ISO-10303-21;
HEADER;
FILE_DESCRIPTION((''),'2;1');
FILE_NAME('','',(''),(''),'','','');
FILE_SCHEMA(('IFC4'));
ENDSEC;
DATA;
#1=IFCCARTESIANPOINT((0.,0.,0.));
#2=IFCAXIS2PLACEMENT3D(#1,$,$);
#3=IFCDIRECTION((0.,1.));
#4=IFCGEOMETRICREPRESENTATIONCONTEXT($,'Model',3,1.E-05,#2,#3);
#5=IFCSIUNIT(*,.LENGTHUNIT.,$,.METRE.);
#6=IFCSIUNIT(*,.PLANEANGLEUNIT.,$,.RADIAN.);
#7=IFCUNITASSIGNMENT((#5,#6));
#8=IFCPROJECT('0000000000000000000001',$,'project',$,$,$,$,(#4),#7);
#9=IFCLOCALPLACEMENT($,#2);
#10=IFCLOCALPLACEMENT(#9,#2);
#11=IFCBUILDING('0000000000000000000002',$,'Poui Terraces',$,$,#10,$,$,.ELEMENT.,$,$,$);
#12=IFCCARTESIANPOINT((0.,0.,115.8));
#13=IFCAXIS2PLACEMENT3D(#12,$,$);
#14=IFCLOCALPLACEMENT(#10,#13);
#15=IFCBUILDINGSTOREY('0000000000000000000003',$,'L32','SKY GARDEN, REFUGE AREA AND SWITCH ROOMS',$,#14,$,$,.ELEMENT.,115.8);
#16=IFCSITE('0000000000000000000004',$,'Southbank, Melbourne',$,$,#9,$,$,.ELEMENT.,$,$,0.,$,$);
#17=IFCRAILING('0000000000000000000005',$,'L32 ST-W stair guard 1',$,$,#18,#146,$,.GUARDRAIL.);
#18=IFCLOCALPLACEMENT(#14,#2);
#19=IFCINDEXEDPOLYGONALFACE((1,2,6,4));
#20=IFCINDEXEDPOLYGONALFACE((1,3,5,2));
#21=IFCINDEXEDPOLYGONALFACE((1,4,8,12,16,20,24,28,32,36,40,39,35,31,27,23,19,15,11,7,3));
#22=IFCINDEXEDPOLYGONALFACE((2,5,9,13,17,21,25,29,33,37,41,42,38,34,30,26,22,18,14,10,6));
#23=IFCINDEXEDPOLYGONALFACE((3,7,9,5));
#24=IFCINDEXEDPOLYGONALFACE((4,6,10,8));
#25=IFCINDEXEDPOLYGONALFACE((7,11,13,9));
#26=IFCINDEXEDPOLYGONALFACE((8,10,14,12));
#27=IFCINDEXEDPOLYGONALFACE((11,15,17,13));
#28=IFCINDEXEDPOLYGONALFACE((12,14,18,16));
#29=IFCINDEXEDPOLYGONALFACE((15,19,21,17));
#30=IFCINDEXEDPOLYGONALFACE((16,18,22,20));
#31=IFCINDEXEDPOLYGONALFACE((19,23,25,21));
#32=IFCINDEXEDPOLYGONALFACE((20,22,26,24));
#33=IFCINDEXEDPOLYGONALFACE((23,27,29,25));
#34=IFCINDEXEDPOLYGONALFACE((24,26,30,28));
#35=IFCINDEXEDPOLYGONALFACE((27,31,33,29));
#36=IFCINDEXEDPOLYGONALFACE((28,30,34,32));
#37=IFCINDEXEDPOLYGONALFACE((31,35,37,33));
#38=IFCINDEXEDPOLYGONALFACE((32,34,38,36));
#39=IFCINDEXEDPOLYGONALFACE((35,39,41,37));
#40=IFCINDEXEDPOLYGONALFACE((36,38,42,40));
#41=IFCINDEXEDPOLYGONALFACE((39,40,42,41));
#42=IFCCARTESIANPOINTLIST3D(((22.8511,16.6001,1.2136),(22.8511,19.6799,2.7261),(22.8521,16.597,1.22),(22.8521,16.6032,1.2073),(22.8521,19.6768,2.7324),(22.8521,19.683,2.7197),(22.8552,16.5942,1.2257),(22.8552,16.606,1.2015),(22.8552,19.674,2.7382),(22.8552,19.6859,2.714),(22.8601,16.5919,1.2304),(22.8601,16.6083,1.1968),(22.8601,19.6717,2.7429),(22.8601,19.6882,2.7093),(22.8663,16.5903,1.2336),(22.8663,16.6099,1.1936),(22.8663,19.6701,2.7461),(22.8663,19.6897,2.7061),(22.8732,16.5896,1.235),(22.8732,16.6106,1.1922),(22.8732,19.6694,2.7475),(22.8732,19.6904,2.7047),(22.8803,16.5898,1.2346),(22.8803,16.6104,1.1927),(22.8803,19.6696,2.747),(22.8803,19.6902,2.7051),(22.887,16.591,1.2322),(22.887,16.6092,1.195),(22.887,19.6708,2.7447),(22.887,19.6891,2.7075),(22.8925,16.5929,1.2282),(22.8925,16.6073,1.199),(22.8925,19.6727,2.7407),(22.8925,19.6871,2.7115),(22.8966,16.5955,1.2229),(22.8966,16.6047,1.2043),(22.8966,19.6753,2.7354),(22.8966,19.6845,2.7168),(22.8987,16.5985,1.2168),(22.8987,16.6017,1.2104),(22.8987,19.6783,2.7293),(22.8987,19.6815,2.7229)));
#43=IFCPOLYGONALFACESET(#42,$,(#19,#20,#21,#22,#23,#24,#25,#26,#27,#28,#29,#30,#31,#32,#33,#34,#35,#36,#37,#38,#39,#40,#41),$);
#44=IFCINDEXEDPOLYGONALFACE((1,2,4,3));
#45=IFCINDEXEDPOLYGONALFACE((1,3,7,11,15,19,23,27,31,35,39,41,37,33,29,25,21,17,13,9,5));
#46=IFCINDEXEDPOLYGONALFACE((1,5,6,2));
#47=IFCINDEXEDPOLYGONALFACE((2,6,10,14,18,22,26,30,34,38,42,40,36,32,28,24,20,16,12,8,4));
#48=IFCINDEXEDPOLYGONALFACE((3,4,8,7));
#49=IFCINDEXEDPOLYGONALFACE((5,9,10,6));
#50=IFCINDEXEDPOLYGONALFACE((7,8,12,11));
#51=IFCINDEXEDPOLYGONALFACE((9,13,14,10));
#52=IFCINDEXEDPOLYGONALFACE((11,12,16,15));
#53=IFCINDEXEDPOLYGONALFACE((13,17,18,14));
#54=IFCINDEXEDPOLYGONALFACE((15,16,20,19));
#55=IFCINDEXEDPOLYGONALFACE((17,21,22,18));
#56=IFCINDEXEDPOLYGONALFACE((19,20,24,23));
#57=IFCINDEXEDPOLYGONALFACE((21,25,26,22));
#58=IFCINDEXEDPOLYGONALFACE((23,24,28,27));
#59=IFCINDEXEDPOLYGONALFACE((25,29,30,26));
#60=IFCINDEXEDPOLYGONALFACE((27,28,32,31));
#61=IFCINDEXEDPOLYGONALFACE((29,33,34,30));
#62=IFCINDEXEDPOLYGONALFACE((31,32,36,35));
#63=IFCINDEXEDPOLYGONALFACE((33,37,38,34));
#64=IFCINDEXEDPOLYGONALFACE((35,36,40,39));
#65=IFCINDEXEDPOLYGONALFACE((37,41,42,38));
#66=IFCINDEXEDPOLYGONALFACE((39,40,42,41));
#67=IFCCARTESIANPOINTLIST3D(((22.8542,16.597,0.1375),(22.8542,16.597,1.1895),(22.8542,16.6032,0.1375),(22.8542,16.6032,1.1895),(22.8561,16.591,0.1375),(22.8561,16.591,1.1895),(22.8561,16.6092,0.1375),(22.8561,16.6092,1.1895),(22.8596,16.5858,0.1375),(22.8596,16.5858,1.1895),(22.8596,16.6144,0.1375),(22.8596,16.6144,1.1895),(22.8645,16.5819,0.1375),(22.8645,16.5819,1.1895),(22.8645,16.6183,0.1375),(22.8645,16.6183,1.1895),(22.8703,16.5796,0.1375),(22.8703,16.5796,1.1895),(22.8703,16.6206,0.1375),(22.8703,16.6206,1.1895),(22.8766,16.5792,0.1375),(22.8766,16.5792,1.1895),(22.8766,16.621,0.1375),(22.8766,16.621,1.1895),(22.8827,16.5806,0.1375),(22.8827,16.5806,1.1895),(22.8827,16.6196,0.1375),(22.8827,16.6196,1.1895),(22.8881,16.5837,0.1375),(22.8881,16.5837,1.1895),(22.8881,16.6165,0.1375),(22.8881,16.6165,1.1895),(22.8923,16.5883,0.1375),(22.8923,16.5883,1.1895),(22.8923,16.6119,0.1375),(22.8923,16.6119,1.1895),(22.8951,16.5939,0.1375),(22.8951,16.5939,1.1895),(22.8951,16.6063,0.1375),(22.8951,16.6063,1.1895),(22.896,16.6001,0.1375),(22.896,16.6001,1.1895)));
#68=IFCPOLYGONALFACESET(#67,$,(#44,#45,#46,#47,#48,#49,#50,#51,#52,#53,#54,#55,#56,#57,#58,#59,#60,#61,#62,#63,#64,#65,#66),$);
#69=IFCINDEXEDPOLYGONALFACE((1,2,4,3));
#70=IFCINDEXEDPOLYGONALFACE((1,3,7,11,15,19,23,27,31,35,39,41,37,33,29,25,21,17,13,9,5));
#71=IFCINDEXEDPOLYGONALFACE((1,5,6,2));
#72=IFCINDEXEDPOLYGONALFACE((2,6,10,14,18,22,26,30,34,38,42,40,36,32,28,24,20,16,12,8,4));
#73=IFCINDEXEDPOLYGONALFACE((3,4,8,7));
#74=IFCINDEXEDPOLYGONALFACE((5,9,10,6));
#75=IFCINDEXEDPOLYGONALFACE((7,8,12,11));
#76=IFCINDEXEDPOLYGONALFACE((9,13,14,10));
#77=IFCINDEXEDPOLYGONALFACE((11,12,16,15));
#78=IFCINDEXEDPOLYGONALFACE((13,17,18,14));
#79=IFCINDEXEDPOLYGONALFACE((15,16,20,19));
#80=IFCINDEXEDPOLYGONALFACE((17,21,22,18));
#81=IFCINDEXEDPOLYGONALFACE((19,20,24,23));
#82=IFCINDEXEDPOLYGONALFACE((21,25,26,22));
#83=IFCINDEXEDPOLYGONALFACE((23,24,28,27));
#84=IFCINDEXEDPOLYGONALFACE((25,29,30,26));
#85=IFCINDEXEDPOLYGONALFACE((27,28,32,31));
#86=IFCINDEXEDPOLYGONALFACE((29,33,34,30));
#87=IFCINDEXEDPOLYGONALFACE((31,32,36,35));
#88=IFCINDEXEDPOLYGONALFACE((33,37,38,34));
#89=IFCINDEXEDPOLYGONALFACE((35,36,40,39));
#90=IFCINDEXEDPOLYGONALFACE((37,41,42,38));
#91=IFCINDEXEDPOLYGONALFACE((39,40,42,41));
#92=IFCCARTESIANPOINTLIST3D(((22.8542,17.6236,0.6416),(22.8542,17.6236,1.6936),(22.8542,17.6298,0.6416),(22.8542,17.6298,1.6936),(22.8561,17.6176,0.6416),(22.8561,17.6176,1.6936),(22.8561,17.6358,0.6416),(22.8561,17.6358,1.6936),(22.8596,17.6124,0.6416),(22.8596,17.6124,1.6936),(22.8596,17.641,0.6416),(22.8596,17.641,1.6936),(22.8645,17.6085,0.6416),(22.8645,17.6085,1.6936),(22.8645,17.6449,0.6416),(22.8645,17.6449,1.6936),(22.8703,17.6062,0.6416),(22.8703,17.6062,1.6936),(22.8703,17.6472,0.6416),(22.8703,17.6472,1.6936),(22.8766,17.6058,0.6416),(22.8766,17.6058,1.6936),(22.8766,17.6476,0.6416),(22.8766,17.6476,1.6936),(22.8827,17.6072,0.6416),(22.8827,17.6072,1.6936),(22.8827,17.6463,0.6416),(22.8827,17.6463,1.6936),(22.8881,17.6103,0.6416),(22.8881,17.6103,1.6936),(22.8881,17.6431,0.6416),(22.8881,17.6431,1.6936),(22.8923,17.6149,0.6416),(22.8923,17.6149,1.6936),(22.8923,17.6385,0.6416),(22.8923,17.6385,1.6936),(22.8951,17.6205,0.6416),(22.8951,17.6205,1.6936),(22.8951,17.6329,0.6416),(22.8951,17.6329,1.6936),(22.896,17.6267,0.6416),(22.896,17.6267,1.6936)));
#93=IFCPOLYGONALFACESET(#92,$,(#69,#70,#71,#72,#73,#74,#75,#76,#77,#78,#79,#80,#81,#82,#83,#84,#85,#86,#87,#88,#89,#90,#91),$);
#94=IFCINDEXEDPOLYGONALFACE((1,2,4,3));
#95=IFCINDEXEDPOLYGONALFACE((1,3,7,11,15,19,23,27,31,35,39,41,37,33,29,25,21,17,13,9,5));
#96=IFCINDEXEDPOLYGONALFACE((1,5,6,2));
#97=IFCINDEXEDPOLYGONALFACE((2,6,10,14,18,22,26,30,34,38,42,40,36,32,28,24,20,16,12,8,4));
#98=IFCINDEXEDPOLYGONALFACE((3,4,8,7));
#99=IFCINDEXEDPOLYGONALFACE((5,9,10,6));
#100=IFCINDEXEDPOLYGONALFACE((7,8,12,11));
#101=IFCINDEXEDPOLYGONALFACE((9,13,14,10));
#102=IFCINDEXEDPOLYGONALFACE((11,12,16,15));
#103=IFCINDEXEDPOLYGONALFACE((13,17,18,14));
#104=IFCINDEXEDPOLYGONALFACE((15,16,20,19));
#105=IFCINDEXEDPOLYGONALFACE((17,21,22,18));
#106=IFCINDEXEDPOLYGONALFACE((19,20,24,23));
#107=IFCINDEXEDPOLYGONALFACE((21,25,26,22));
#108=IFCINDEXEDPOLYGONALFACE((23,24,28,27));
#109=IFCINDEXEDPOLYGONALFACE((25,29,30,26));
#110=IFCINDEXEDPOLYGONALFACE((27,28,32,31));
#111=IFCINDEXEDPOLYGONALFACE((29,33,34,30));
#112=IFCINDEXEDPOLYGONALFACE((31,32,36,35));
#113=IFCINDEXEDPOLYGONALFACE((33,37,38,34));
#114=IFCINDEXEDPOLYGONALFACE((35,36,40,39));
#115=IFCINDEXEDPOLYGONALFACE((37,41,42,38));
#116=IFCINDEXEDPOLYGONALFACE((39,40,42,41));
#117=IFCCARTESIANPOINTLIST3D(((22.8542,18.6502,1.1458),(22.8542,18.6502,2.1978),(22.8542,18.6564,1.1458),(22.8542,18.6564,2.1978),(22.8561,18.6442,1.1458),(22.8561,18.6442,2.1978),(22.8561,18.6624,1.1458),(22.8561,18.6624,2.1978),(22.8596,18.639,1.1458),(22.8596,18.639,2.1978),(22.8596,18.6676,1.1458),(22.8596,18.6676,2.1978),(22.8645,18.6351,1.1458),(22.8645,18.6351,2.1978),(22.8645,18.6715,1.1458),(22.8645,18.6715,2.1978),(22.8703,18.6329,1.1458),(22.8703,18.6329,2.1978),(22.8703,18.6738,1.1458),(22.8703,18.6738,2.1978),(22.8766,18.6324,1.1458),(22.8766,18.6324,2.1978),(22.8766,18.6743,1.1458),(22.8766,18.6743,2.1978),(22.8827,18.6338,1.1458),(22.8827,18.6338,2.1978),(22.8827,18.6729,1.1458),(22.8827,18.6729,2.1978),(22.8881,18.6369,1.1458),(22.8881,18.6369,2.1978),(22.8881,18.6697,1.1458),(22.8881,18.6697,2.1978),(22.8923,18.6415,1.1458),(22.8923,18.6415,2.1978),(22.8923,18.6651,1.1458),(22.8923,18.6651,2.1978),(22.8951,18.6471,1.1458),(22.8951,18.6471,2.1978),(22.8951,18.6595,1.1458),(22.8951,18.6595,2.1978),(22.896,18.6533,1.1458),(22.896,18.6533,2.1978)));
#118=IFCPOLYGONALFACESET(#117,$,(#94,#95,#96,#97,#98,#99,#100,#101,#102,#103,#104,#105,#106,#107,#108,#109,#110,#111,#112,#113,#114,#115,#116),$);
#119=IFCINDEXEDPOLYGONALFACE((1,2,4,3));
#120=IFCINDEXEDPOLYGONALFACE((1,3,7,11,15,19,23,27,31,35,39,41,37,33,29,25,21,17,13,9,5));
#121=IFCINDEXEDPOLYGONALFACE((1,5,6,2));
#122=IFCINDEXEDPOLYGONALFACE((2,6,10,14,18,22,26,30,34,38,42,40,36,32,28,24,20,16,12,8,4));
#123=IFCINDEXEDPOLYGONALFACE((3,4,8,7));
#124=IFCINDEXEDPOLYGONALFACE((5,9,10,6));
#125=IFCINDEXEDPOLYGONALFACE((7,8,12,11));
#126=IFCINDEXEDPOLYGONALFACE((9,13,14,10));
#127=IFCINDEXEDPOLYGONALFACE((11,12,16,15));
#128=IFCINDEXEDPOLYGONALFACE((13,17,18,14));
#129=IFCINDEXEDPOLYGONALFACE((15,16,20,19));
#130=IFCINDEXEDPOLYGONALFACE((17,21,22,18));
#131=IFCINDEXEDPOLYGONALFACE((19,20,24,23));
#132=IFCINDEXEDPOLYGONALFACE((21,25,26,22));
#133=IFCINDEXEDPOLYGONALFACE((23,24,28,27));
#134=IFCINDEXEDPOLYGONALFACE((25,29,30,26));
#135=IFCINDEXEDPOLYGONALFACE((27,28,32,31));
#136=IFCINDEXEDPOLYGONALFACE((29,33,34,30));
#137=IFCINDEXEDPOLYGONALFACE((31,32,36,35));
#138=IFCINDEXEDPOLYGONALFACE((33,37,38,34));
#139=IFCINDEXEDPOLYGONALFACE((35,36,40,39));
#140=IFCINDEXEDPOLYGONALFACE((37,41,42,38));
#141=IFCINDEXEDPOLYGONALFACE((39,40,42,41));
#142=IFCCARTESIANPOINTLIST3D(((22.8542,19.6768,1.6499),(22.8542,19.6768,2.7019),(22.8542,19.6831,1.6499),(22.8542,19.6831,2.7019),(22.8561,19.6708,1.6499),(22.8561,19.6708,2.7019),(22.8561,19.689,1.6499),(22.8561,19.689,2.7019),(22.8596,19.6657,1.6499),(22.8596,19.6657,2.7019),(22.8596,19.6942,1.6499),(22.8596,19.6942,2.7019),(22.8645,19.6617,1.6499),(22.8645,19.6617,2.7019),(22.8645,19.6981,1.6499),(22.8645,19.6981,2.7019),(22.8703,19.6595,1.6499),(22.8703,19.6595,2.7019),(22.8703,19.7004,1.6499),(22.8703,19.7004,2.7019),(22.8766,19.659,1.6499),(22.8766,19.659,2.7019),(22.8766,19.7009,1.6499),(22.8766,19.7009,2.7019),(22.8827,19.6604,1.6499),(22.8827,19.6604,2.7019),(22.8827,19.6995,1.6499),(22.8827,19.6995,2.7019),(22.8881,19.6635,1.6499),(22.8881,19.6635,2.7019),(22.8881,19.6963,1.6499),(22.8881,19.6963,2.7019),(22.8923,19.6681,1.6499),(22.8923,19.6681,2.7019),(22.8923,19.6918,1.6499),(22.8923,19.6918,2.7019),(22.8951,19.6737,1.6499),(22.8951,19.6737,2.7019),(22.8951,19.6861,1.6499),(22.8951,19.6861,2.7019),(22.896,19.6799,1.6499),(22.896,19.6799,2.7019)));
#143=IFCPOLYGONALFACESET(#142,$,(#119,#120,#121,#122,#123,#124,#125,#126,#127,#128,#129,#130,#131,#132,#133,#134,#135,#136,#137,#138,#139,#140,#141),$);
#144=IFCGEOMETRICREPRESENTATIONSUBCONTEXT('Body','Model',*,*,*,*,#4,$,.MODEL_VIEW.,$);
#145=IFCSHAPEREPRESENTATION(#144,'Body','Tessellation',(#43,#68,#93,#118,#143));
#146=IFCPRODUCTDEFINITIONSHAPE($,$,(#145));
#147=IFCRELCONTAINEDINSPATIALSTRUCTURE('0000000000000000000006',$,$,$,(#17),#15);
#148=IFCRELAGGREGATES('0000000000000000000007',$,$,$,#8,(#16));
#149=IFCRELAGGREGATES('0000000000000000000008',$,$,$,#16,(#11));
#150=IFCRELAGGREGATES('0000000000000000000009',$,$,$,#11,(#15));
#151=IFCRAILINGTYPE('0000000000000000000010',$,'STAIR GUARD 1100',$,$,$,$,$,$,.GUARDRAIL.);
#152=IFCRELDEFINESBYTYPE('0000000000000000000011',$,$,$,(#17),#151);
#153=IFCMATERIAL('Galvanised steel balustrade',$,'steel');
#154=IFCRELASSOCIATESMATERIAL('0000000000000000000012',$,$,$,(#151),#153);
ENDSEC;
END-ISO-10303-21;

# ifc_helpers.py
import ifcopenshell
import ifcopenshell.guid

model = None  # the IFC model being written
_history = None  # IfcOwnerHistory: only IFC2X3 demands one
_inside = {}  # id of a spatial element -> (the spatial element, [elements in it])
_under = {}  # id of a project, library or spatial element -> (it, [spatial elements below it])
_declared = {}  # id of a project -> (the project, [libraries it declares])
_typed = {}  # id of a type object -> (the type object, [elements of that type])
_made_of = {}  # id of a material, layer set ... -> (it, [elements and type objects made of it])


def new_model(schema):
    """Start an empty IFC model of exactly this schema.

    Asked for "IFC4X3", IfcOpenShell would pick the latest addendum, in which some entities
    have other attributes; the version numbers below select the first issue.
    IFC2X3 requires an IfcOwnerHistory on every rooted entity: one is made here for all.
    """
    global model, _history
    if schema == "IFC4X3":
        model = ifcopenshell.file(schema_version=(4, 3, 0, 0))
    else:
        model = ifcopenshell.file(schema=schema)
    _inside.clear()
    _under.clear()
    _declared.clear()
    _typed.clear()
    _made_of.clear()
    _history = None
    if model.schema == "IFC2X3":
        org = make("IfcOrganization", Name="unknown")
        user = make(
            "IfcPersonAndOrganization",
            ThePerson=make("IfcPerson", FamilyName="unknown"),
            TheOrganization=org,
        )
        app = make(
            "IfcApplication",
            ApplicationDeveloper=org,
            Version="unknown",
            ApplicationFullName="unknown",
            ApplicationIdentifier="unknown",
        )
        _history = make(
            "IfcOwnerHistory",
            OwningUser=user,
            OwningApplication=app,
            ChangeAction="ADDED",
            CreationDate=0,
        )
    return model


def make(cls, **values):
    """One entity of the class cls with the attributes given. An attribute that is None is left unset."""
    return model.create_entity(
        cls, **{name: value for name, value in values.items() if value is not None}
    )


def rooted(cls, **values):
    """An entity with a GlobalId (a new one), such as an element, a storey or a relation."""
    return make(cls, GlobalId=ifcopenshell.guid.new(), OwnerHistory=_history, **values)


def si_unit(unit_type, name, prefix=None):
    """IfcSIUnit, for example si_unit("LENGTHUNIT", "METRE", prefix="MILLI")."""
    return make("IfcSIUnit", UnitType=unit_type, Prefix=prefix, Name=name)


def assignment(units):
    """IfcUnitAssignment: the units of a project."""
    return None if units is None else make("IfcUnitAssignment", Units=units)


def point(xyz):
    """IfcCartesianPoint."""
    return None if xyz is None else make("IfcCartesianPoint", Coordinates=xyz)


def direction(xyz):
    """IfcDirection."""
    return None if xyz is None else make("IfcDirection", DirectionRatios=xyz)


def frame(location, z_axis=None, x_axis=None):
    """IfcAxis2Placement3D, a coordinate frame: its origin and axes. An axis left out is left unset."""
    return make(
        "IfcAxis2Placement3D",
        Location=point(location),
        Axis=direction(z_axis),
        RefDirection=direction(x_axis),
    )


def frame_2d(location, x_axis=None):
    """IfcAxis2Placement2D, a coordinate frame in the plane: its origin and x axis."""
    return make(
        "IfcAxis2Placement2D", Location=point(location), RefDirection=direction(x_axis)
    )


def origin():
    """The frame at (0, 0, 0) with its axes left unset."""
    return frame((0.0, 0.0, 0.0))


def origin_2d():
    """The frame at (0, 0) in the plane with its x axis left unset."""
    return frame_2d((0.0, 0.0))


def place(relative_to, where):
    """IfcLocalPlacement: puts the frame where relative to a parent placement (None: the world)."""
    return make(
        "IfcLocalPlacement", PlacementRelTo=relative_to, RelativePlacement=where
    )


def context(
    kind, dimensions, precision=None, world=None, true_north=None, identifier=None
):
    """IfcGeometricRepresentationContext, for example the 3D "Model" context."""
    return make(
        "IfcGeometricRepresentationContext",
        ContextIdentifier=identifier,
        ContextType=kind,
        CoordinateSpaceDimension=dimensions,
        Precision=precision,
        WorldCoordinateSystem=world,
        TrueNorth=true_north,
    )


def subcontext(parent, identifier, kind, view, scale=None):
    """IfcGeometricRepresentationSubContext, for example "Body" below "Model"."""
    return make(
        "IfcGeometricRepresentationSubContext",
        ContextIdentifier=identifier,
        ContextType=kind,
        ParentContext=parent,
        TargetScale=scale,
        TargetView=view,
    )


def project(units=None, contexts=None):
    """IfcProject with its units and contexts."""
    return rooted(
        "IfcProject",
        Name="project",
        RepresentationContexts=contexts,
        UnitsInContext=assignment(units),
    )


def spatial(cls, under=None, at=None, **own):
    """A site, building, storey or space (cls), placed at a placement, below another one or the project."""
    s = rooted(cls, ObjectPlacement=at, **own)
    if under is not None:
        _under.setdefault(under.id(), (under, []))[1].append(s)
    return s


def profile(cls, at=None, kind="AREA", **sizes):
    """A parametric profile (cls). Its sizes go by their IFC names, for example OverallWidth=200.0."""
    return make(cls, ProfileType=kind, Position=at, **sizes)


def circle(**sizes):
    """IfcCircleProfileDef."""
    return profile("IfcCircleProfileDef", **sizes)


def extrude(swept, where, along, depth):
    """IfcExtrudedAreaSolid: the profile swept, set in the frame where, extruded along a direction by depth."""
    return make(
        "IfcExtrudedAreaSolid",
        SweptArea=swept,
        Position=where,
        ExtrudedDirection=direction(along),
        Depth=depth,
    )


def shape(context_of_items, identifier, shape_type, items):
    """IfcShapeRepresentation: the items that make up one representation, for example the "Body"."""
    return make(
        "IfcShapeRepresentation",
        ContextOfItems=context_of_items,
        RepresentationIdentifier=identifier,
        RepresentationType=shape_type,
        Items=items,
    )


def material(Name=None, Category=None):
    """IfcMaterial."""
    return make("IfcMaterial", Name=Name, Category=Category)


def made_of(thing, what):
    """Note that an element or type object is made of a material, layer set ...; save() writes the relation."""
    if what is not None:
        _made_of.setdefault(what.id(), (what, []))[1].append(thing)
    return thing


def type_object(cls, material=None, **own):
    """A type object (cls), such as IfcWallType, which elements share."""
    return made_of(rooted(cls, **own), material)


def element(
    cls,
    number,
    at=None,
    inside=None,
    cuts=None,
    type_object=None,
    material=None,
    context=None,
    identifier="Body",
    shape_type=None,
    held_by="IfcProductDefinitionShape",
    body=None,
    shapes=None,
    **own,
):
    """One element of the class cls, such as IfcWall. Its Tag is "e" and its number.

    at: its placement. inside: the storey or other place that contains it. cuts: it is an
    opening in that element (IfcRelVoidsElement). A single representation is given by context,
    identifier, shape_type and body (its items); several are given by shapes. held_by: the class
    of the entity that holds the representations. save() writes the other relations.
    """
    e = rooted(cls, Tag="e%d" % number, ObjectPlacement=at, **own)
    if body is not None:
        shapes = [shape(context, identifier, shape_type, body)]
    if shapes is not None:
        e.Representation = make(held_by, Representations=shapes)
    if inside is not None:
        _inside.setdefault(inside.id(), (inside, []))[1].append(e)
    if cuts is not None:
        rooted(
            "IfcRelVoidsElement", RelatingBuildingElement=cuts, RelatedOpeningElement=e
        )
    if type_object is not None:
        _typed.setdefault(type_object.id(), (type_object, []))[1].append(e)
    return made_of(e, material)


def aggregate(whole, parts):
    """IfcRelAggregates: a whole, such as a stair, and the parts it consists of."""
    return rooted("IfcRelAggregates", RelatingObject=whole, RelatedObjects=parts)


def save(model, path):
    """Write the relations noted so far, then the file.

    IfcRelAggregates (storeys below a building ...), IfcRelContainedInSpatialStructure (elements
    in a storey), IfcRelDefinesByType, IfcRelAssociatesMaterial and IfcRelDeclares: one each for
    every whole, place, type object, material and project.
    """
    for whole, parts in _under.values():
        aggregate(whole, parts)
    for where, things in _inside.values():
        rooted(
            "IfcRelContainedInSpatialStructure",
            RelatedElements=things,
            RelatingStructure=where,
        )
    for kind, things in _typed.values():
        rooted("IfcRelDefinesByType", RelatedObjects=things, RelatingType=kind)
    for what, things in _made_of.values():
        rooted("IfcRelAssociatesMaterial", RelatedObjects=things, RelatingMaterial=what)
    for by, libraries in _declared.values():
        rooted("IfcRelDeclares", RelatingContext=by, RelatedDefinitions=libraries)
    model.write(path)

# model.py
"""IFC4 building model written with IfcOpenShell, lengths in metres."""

from ifc_helpers import new_model, si_unit, direction, frame, origin, origin_2d, place, context, subcontext, project, spatial, circle, extrude, material, type_object, element, save


model = new_model("IFC4")

# Units and contexts
model_context = context("Model", 3, precision=1e-05, world=origin(), true_north=direction((0.0, 1.0)))
body_context = subcontext(model_context, "Body", "Model", "MODEL_VIEW")
ifc_project = project(units=[si_unit("LENGTHUNIT", "METRE"), si_unit("PLANEANGLEUNIT", "RADIAN")], contexts=[model_context])

# Site, building, storey
site_placement = place(None, origin())
site = spatial("IfcSite", under=ifc_project, at=site_placement, Name="Southbank, Melbourne", CompositionType="ELEMENT", RefElevation=0.0)
building_placement = place(site_placement, origin())
building = spatial("IfcBuilding", under=site, at=building_placement, Name="Poui Terraces", CompositionType="ELEMENT")
storey_placement = place(building_placement, frame((0.0, 0.0, 115.8)))
storey = spatial("IfcBuildingStorey", under=building, at=storey_placement, Name="L32", Description="SKY GARDEN, REFUGE AREA AND SWITCH ROOMS", CompositionType="ELEMENT", Elevation=115.8)

# Railing
ifc_material_1 = material(Name="Galvanised steel balustrade", Category="steel")
railing_type_1 = type_object("IfcRailingType", Name="STAIR GUARD 1100", PredefinedType="GUARDRAIL", material=ifc_material_1)
railing_1_placement = place(storey_placement, frame((22.875, 16.6001, 0.1375)))
element("IfcRailing", 1, at=railing_1_placement, inside=storey, type_object=railing_type_1, Name="L32 ST-W stair guard 1", PredefinedType="GUARDRAIL", context=body_context, shape_type="SweptSolid", body=[
    extrude(circle(Radius=0.0239, at=origin_2d()), frame((0.0, 0.0, 1.0762), z_axis=(0.0, 0.897606, 0.440798), x_axis=(-1.0, 0.0, 0.0)), (0.0, 0.0, 1.0), 3.4312),
    extrude(circle(Radius=0.021, at=origin_2d()), origin(), (0.0, 0.0, 1.0), 1.052),
    extrude(circle(Radius=0.021, at=origin_2d()), frame((0.0, 1.0266, 0.5042)), (0.0, 0.0, 1.0), 1.052),
    extrude(circle(Radius=0.021, at=origin_2d()), frame((0.0, 2.0532, 1.0083)), (0.0, 0.0, 1.0), 1.052),
    extrude(circle(Radius=0.021, at=origin_2d()), frame((0.0, 3.0798, 1.5125)), (0.0, 0.0, 1.0), 1.052),
])

save(model, "model.ifc")
